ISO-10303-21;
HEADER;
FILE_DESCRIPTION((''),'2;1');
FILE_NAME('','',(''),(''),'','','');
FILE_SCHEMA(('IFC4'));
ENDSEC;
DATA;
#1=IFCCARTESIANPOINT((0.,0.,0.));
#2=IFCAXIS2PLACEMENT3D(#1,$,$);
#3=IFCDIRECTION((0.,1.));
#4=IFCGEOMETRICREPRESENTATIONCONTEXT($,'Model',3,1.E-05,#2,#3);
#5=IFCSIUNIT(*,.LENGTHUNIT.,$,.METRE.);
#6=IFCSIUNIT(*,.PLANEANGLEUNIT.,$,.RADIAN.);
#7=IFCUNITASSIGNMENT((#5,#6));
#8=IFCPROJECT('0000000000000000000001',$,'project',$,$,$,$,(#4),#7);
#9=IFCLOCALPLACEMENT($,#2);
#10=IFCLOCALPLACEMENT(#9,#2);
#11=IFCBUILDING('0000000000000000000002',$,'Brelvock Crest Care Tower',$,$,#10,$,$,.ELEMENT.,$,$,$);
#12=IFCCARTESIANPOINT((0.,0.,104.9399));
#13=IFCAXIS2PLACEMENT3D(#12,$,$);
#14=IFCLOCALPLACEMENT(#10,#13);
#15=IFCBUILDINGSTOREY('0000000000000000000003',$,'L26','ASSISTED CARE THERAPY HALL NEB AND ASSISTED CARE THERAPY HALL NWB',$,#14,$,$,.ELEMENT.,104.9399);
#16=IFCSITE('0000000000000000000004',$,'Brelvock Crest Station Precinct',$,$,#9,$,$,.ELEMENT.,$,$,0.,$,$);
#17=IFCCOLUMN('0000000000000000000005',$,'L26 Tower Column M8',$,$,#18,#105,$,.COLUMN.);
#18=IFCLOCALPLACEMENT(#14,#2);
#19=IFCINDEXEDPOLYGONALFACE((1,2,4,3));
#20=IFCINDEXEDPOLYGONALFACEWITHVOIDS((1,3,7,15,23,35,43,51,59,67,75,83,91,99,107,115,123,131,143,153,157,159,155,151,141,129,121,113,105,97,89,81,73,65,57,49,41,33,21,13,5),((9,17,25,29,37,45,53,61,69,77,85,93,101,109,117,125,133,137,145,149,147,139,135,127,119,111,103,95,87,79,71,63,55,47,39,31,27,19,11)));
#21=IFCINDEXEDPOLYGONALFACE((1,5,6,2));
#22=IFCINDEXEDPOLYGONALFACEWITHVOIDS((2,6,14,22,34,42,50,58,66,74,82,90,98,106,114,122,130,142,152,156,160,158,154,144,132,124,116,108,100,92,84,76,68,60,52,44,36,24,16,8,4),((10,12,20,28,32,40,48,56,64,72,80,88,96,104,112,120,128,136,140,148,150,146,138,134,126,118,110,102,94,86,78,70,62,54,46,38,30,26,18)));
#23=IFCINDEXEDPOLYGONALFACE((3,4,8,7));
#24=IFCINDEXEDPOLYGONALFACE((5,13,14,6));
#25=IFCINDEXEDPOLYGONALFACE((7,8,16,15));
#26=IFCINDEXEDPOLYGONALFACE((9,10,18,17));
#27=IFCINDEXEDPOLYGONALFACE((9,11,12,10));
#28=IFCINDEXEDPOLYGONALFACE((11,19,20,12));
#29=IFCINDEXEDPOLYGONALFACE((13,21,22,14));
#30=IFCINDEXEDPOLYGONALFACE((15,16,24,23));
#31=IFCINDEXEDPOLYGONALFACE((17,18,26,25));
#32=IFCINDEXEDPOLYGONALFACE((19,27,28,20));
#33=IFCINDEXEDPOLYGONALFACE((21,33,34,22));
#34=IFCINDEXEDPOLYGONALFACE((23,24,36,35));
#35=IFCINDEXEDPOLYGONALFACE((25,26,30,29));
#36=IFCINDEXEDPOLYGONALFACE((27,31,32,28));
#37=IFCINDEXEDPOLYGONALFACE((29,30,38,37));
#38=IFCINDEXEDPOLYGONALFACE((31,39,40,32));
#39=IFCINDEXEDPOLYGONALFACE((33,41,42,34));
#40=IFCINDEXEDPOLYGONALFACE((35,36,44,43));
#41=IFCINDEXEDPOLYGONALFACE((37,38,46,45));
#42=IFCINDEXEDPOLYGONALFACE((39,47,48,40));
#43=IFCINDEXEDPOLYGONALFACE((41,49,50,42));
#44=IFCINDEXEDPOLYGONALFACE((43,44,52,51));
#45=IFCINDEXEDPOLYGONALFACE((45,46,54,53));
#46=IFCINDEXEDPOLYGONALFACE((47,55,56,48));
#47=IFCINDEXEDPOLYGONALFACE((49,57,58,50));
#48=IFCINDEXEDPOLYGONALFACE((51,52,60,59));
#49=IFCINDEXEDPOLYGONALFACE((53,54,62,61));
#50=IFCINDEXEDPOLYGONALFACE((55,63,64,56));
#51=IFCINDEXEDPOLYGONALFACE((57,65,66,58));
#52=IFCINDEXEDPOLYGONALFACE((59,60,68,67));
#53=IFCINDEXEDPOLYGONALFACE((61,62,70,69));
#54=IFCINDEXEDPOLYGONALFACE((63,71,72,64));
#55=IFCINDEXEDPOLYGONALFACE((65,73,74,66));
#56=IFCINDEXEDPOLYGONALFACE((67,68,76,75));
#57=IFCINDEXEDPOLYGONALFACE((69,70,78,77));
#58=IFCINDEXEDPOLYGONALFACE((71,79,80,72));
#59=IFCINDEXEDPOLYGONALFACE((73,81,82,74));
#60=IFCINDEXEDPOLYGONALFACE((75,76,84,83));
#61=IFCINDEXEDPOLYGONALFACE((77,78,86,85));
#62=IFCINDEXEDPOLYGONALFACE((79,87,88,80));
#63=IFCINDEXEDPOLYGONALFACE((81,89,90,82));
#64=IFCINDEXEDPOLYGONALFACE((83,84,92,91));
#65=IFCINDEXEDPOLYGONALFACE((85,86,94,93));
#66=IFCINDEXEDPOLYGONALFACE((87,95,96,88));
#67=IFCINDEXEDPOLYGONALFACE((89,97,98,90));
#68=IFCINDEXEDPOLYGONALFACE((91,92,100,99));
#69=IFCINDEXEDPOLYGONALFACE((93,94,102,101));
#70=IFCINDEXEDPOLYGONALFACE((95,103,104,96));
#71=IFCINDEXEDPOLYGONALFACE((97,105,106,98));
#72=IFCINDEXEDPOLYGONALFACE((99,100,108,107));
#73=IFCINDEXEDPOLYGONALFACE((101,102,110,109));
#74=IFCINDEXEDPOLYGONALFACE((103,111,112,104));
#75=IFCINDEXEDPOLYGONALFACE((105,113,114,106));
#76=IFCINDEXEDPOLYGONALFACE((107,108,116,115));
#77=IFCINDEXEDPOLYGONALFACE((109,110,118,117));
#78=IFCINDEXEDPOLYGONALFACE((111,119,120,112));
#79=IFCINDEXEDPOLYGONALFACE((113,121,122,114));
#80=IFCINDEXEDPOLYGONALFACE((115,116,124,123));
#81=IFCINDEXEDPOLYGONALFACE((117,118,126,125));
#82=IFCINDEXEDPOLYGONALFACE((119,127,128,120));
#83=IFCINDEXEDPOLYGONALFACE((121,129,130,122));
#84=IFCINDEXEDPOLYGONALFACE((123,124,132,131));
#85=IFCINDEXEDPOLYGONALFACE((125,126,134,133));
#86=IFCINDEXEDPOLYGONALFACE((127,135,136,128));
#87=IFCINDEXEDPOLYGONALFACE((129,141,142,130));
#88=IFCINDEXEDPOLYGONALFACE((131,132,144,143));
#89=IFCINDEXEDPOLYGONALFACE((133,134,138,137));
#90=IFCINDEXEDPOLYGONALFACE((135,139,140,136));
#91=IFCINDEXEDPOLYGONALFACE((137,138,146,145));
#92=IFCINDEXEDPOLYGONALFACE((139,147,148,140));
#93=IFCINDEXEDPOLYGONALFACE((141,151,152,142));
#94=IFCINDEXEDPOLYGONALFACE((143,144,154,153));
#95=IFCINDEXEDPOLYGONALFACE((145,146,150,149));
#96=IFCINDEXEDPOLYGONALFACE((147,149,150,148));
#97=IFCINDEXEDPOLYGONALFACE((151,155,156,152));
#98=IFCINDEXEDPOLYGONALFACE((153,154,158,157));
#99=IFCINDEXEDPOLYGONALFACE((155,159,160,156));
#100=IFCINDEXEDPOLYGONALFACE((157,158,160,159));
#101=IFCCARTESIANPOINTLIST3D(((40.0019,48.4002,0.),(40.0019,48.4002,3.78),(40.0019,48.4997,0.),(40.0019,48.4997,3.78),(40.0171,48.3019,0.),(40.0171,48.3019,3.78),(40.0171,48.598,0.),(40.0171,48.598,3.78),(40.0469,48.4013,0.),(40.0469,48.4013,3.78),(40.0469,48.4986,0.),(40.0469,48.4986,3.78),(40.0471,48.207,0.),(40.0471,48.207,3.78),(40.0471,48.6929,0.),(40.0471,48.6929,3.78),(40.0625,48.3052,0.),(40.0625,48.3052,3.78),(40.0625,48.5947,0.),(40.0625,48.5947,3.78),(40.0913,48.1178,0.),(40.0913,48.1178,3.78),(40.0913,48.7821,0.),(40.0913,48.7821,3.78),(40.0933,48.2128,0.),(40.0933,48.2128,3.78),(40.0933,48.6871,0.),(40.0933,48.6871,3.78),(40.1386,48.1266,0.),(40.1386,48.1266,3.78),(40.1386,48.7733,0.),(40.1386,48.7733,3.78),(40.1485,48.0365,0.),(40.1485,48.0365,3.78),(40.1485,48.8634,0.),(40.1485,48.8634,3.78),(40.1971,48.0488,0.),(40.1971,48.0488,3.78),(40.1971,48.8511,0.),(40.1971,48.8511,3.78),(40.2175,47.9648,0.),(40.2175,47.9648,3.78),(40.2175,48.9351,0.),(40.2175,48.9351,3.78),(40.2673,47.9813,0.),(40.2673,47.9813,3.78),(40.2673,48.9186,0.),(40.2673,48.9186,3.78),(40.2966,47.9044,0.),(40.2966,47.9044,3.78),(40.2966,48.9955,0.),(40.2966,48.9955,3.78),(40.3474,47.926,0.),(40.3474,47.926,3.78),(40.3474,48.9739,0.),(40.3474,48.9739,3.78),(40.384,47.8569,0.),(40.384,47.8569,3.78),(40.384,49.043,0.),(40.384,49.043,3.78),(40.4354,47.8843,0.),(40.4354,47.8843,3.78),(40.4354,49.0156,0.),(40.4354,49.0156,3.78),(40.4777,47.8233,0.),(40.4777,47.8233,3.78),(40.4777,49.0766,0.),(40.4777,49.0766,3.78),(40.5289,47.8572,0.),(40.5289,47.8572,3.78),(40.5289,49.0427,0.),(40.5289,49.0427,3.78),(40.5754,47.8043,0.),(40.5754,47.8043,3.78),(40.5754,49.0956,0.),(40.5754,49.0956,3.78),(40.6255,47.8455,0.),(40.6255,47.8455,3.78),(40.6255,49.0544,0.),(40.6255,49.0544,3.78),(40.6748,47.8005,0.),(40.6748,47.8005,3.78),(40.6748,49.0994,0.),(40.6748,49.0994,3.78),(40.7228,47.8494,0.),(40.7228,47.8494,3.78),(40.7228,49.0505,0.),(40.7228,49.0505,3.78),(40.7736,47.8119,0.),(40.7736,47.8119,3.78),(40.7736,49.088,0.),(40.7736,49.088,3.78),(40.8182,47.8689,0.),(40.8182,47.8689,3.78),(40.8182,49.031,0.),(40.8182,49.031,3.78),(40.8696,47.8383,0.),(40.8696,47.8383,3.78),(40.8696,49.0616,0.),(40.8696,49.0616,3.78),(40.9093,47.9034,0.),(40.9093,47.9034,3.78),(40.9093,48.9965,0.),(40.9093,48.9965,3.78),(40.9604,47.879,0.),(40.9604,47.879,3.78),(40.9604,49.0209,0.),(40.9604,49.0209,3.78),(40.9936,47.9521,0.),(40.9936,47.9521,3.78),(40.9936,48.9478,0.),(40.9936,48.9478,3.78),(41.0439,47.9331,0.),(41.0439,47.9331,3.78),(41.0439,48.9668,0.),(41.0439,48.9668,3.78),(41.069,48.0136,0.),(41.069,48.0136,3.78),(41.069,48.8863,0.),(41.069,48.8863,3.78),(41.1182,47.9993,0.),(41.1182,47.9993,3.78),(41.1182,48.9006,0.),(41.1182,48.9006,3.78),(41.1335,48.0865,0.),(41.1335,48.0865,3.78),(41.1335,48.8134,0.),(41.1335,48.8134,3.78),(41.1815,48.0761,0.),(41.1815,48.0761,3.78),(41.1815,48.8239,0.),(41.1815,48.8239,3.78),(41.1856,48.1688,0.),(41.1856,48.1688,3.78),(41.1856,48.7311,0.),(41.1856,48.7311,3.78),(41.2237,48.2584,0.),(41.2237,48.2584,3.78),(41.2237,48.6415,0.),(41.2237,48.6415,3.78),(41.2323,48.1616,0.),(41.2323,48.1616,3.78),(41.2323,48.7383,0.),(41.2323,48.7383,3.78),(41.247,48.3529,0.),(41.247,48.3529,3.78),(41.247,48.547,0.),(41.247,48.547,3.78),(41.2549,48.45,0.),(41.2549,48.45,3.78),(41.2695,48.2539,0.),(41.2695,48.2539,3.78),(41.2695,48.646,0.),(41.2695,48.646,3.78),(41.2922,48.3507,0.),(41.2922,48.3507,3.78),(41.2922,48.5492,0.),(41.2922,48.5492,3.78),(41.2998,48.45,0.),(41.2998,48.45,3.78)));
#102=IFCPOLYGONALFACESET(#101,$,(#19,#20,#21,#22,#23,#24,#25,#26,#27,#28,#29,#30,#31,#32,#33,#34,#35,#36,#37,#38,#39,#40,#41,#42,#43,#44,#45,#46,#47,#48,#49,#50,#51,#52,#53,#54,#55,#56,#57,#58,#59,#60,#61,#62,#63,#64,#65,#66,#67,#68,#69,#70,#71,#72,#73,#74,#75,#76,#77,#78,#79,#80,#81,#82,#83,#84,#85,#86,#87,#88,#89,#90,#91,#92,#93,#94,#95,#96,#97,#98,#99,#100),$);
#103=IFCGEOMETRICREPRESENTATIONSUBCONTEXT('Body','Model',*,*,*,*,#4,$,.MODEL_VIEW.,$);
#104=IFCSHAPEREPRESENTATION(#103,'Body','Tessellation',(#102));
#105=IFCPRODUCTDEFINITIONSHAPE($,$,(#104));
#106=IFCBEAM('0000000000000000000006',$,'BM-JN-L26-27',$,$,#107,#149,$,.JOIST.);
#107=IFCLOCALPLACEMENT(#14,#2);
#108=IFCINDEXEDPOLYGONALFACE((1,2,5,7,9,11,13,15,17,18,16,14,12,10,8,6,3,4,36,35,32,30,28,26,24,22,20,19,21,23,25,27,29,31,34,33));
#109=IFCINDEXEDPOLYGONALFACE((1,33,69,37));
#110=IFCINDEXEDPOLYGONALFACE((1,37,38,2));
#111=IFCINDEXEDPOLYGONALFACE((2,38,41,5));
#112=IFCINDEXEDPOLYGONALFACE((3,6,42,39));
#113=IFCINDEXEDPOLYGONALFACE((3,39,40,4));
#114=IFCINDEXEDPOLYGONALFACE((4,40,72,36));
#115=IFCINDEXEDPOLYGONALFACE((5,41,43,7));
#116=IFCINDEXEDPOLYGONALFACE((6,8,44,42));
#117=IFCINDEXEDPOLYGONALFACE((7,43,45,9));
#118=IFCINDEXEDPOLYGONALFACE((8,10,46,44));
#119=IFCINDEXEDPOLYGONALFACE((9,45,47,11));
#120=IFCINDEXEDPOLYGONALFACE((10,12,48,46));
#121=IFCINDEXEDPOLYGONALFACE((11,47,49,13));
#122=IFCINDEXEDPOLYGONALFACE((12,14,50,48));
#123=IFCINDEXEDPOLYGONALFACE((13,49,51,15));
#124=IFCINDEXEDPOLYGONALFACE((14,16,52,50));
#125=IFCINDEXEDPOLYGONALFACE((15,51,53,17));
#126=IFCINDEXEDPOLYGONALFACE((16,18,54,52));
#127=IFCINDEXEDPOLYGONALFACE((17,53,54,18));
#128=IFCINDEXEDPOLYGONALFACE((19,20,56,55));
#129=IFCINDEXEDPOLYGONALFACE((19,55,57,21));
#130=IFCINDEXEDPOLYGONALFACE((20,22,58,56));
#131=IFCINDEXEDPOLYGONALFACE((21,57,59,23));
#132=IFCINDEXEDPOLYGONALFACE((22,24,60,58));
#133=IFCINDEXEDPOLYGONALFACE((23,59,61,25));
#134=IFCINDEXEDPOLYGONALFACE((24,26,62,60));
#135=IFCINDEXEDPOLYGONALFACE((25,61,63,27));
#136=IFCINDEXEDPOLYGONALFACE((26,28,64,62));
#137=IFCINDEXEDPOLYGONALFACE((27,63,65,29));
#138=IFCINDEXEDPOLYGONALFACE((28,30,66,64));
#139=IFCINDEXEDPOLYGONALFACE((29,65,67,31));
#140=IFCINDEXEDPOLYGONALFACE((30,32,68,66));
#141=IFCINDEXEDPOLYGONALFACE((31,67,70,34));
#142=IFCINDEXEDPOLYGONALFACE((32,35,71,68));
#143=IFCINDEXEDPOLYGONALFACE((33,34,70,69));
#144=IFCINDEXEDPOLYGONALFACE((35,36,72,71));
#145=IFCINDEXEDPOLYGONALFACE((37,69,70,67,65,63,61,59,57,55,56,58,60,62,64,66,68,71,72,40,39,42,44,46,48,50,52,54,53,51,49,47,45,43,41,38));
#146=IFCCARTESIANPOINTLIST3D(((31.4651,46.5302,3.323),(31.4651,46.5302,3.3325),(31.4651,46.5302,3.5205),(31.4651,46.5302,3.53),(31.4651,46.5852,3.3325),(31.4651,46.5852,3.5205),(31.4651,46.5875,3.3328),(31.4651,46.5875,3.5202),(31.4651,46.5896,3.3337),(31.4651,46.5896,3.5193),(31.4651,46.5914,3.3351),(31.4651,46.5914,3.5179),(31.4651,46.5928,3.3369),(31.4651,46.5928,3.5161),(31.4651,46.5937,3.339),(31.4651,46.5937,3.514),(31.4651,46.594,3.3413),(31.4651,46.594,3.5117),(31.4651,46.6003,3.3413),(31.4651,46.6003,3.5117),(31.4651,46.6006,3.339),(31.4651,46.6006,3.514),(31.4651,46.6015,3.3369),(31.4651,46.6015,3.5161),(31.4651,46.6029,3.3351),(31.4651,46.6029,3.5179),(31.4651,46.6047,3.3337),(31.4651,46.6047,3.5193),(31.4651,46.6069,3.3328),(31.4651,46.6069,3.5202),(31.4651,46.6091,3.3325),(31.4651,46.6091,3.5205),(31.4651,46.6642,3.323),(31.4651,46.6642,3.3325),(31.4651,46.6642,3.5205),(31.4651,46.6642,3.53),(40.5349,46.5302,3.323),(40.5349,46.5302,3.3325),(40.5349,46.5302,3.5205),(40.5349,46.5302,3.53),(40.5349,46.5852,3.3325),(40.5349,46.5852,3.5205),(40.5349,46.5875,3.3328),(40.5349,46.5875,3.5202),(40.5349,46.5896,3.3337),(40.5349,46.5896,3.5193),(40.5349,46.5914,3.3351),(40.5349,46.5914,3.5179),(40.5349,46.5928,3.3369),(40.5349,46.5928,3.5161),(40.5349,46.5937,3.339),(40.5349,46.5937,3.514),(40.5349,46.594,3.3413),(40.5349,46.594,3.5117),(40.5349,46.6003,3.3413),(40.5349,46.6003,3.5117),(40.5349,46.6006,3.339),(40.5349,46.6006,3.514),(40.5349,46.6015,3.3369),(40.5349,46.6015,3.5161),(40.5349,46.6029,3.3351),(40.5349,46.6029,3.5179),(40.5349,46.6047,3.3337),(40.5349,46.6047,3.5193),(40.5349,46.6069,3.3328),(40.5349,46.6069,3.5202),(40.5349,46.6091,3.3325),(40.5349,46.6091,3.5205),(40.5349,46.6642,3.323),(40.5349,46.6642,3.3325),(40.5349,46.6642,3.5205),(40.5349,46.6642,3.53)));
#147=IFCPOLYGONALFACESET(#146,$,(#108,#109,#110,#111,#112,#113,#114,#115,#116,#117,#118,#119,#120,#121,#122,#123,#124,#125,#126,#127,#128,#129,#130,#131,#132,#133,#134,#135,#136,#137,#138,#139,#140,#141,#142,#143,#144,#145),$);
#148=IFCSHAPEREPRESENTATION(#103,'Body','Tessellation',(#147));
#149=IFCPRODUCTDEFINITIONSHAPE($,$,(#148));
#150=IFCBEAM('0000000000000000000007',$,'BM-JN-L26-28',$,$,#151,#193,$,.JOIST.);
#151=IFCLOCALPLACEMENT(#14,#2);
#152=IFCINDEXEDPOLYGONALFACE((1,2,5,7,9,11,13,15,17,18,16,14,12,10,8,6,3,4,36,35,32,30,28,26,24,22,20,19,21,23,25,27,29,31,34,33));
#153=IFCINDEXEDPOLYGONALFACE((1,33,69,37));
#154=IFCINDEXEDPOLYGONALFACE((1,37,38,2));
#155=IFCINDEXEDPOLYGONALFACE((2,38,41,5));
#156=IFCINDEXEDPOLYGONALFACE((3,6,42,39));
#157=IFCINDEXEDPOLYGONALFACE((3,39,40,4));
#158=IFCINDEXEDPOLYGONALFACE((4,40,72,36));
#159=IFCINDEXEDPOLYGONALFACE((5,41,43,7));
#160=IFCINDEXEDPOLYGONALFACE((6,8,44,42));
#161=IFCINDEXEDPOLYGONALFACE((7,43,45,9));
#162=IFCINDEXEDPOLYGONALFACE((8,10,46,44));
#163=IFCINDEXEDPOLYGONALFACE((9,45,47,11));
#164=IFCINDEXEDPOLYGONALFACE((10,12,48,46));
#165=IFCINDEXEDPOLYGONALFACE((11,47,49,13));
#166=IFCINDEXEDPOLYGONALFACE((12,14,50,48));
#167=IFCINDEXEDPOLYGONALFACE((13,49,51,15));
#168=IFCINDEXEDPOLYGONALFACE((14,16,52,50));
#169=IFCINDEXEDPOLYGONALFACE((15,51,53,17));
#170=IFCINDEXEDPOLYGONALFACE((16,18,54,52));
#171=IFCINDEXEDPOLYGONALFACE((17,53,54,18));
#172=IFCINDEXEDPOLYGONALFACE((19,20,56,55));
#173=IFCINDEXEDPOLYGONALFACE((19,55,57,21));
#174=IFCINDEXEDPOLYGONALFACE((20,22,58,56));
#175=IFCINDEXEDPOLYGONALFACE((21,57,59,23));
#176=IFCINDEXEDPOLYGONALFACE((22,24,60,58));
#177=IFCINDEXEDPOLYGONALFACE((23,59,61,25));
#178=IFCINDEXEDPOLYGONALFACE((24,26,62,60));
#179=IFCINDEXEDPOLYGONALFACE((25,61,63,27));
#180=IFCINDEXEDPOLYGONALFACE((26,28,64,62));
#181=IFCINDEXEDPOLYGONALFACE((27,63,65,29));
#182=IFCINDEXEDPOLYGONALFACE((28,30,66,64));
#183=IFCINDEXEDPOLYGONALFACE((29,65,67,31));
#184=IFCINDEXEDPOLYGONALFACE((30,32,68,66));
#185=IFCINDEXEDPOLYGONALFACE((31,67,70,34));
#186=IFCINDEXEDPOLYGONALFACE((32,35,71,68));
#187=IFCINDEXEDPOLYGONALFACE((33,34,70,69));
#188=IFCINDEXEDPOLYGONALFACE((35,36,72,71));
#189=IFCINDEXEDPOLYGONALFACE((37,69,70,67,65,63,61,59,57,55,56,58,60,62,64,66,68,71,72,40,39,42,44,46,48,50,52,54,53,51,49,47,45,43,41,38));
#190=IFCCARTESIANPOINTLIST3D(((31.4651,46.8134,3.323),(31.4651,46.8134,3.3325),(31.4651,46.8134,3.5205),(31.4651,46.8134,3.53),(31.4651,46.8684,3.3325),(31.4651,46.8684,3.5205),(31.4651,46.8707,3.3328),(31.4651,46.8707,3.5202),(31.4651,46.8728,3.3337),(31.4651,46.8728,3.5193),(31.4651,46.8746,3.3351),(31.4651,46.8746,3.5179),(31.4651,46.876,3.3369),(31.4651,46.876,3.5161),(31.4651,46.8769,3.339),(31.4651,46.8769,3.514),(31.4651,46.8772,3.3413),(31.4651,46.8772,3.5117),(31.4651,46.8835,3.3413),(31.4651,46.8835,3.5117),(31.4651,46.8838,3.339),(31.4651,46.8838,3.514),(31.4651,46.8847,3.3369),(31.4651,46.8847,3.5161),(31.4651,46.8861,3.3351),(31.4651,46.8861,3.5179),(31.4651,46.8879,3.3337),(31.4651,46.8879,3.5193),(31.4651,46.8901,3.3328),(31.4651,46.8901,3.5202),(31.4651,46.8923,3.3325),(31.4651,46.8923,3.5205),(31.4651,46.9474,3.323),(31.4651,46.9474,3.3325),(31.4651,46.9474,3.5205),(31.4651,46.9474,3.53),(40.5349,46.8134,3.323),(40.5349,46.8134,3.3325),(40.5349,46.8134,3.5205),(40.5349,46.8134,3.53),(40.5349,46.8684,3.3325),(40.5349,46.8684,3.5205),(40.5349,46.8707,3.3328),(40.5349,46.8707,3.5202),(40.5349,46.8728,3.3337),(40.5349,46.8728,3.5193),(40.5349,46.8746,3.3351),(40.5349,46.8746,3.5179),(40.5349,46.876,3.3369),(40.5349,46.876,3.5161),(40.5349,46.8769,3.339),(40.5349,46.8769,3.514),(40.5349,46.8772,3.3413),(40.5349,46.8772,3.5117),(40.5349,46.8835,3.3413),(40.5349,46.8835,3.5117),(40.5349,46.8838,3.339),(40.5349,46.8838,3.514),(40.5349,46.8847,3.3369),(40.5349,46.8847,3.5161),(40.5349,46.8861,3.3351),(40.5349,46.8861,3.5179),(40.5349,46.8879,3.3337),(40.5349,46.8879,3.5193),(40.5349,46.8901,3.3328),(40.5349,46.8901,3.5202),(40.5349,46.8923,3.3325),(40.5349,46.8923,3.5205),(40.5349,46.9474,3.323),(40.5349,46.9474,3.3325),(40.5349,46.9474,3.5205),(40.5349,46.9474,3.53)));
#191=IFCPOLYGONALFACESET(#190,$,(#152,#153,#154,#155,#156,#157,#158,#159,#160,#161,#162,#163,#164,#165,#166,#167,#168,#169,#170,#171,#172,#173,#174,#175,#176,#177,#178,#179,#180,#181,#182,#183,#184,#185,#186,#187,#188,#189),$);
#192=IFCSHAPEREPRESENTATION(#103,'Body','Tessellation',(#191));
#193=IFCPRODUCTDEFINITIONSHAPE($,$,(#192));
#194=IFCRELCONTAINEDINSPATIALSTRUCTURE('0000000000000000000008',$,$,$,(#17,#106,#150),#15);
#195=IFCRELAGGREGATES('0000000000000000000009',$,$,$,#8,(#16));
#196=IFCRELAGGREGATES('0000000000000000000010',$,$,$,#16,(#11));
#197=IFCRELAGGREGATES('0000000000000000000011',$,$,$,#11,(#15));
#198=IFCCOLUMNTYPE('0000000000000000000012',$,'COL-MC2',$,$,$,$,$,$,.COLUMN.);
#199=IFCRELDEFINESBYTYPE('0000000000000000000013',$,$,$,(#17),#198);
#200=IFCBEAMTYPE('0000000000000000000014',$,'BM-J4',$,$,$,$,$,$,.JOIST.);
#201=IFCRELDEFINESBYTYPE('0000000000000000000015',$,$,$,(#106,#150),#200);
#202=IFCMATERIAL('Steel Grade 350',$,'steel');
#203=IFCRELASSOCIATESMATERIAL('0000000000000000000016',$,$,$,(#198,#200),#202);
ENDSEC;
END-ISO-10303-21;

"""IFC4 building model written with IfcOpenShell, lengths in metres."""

from ifc_helpers import new_model, si_unit, direction, frame, origin, origin_2d, place, context, subcontext, project, spatial, hollow_circle, i_section, extrude, source, transform, mapped, material, material_profile, profile_set, type_object, element, save


model = new_model("IFC4")

# Units and contexts
model_context = context("Model", 3, precision=1e-05, world=origin(), true_north=direction((0.0, 1.0)))
body_context = subcontext(model_context, "Body", "Model", "MODEL_VIEW")
ifc_project = project(units=[si_unit("LENGTHUNIT", "METRE"), si_unit("PLANEANGLEUNIT", "RADIAN")], contexts=[model_context])

# Site, building, storey
site_placement = place(None, origin())
site = spatial("IfcSite", under=ifc_project, at=site_placement, Name="Brelvock Crest Station Precinct", CompositionType="ELEMENT", RefElevation=0.0)
building_placement = place(site_placement, origin())
building = spatial("IfcBuilding", under=site, at=building_placement, Name="Brelvock Crest Care Tower", CompositionType="ELEMENT")
storey_placement = place(building_placement, frame((0.0, 0.0, 104.9399)))
storey = spatial("IfcBuildingStorey", under=building, at=storey_placement, Name="L26", Description="ASSISTED CARE THERAPY HALL NEB AND ASSISTED CARE THERAPY HALL NWB", CompositionType="ELEMENT", Elevation=104.9399)

# Column
ifc_material_1 = material(Name="Steel Grade 350", Category="steel")
ifc_material_profile_1 = material_profile(ifc_material_1, hollow_circle(Radius=0.6499, WallThickness=0.0449, at=origin_2d()), Name="CFT1300x45")
ifc_profile_set_1 = profile_set([ifc_material_profile_1], Name="Steel Grade 350")
column_type = type_object("IfcColumnType", Name="COL-MC2", PredefinedType="COLUMN", material=ifc_profile_set_1)
shared_shape_1 = source(origin(), body_context, "Body", "SweptSolid", [
    extrude(hollow_circle(Radius=0.6499, WallThickness=0.0449, at=origin_2d()), origin(), (0.0, 0.0, 1.0), 3.78),
])
column_placement = place(storey_placement, frame((40.6499, 48.45, 0.0), z_axis=(0.0, 0.0, 1.0), x_axis=(1.0, 0.0, 0.0)))
element("IfcColumn", 1, at=column_placement, inside=storey, type_object=column_type, Name="L26 Tower Column M8", PredefinedType="COLUMN", context=body_context, shape_type="MappedRepresentation", body=[
    mapped(shared_shape_1, transform((0.0, 0.0, 0.0), x_axis=(1.0, 0.0, 0.0), y_axis=(0.0, 1.0, 0.0), z_axis=(0.0, 0.0, 1.0), scale=1.0)),
])

# Beams
ifc_material_profile_2 = material_profile(ifc_material_1, i_section(OverallWidth=0.134, OverallDepth=0.207, WebThickness=0.0063, FlangeThickness=0.0095, FilletRadius=0.0088, at=origin_2d()), Name="200UB29.8")
ifc_profile_set_2 = profile_set([ifc_material_profile_2], Name="Steel Grade 350")
beam_type_1 = type_object("IfcBeamType", Name="BM-J4", PredefinedType="JOIST", material=ifc_profile_set_2)
shared_shape_2 = source(origin(), body_context, "Body", "SweptSolid", [
    extrude(i_section(OverallWidth=0.134, OverallDepth=0.207, WebThickness=0.0063, FlangeThickness=0.0095, FilletRadius=0.0088, at=origin_2d()), origin(), (0.0, 0.0, 1.0), 9.0698),
])
for number, where, z_axis, x_axis, name in (
    (2, (31.4651, 46.5972, 3.4265), (1.0, 0.0, 0.0), (0.0, 1.0, 0.0), "BM-JN-L26-27"),
    (3, (31.4651, 46.8804, 3.4265), (1.0, 0.0, 0.0), (0.0, 1.0, 0.0), "BM-JN-L26-28"),
):
    element("IfcBeam", number, at=place(storey_placement, frame(where, z_axis=z_axis, x_axis=x_axis)), inside=storey, type_object=beam_type_1, Name=name, PredefinedType="JOIST", context=body_context, shape_type="MappedRepresentation", body=[
        mapped(shared_shape_2, transform((0.0, 0.0, 0.0), x_axis=(1.0, 0.0, 0.0), y_axis=(0.0, 1.0, 0.0), z_axis=(0.0, 0.0, 1.0), scale=1.0)),
    ])

save(model, "model.ifc")
